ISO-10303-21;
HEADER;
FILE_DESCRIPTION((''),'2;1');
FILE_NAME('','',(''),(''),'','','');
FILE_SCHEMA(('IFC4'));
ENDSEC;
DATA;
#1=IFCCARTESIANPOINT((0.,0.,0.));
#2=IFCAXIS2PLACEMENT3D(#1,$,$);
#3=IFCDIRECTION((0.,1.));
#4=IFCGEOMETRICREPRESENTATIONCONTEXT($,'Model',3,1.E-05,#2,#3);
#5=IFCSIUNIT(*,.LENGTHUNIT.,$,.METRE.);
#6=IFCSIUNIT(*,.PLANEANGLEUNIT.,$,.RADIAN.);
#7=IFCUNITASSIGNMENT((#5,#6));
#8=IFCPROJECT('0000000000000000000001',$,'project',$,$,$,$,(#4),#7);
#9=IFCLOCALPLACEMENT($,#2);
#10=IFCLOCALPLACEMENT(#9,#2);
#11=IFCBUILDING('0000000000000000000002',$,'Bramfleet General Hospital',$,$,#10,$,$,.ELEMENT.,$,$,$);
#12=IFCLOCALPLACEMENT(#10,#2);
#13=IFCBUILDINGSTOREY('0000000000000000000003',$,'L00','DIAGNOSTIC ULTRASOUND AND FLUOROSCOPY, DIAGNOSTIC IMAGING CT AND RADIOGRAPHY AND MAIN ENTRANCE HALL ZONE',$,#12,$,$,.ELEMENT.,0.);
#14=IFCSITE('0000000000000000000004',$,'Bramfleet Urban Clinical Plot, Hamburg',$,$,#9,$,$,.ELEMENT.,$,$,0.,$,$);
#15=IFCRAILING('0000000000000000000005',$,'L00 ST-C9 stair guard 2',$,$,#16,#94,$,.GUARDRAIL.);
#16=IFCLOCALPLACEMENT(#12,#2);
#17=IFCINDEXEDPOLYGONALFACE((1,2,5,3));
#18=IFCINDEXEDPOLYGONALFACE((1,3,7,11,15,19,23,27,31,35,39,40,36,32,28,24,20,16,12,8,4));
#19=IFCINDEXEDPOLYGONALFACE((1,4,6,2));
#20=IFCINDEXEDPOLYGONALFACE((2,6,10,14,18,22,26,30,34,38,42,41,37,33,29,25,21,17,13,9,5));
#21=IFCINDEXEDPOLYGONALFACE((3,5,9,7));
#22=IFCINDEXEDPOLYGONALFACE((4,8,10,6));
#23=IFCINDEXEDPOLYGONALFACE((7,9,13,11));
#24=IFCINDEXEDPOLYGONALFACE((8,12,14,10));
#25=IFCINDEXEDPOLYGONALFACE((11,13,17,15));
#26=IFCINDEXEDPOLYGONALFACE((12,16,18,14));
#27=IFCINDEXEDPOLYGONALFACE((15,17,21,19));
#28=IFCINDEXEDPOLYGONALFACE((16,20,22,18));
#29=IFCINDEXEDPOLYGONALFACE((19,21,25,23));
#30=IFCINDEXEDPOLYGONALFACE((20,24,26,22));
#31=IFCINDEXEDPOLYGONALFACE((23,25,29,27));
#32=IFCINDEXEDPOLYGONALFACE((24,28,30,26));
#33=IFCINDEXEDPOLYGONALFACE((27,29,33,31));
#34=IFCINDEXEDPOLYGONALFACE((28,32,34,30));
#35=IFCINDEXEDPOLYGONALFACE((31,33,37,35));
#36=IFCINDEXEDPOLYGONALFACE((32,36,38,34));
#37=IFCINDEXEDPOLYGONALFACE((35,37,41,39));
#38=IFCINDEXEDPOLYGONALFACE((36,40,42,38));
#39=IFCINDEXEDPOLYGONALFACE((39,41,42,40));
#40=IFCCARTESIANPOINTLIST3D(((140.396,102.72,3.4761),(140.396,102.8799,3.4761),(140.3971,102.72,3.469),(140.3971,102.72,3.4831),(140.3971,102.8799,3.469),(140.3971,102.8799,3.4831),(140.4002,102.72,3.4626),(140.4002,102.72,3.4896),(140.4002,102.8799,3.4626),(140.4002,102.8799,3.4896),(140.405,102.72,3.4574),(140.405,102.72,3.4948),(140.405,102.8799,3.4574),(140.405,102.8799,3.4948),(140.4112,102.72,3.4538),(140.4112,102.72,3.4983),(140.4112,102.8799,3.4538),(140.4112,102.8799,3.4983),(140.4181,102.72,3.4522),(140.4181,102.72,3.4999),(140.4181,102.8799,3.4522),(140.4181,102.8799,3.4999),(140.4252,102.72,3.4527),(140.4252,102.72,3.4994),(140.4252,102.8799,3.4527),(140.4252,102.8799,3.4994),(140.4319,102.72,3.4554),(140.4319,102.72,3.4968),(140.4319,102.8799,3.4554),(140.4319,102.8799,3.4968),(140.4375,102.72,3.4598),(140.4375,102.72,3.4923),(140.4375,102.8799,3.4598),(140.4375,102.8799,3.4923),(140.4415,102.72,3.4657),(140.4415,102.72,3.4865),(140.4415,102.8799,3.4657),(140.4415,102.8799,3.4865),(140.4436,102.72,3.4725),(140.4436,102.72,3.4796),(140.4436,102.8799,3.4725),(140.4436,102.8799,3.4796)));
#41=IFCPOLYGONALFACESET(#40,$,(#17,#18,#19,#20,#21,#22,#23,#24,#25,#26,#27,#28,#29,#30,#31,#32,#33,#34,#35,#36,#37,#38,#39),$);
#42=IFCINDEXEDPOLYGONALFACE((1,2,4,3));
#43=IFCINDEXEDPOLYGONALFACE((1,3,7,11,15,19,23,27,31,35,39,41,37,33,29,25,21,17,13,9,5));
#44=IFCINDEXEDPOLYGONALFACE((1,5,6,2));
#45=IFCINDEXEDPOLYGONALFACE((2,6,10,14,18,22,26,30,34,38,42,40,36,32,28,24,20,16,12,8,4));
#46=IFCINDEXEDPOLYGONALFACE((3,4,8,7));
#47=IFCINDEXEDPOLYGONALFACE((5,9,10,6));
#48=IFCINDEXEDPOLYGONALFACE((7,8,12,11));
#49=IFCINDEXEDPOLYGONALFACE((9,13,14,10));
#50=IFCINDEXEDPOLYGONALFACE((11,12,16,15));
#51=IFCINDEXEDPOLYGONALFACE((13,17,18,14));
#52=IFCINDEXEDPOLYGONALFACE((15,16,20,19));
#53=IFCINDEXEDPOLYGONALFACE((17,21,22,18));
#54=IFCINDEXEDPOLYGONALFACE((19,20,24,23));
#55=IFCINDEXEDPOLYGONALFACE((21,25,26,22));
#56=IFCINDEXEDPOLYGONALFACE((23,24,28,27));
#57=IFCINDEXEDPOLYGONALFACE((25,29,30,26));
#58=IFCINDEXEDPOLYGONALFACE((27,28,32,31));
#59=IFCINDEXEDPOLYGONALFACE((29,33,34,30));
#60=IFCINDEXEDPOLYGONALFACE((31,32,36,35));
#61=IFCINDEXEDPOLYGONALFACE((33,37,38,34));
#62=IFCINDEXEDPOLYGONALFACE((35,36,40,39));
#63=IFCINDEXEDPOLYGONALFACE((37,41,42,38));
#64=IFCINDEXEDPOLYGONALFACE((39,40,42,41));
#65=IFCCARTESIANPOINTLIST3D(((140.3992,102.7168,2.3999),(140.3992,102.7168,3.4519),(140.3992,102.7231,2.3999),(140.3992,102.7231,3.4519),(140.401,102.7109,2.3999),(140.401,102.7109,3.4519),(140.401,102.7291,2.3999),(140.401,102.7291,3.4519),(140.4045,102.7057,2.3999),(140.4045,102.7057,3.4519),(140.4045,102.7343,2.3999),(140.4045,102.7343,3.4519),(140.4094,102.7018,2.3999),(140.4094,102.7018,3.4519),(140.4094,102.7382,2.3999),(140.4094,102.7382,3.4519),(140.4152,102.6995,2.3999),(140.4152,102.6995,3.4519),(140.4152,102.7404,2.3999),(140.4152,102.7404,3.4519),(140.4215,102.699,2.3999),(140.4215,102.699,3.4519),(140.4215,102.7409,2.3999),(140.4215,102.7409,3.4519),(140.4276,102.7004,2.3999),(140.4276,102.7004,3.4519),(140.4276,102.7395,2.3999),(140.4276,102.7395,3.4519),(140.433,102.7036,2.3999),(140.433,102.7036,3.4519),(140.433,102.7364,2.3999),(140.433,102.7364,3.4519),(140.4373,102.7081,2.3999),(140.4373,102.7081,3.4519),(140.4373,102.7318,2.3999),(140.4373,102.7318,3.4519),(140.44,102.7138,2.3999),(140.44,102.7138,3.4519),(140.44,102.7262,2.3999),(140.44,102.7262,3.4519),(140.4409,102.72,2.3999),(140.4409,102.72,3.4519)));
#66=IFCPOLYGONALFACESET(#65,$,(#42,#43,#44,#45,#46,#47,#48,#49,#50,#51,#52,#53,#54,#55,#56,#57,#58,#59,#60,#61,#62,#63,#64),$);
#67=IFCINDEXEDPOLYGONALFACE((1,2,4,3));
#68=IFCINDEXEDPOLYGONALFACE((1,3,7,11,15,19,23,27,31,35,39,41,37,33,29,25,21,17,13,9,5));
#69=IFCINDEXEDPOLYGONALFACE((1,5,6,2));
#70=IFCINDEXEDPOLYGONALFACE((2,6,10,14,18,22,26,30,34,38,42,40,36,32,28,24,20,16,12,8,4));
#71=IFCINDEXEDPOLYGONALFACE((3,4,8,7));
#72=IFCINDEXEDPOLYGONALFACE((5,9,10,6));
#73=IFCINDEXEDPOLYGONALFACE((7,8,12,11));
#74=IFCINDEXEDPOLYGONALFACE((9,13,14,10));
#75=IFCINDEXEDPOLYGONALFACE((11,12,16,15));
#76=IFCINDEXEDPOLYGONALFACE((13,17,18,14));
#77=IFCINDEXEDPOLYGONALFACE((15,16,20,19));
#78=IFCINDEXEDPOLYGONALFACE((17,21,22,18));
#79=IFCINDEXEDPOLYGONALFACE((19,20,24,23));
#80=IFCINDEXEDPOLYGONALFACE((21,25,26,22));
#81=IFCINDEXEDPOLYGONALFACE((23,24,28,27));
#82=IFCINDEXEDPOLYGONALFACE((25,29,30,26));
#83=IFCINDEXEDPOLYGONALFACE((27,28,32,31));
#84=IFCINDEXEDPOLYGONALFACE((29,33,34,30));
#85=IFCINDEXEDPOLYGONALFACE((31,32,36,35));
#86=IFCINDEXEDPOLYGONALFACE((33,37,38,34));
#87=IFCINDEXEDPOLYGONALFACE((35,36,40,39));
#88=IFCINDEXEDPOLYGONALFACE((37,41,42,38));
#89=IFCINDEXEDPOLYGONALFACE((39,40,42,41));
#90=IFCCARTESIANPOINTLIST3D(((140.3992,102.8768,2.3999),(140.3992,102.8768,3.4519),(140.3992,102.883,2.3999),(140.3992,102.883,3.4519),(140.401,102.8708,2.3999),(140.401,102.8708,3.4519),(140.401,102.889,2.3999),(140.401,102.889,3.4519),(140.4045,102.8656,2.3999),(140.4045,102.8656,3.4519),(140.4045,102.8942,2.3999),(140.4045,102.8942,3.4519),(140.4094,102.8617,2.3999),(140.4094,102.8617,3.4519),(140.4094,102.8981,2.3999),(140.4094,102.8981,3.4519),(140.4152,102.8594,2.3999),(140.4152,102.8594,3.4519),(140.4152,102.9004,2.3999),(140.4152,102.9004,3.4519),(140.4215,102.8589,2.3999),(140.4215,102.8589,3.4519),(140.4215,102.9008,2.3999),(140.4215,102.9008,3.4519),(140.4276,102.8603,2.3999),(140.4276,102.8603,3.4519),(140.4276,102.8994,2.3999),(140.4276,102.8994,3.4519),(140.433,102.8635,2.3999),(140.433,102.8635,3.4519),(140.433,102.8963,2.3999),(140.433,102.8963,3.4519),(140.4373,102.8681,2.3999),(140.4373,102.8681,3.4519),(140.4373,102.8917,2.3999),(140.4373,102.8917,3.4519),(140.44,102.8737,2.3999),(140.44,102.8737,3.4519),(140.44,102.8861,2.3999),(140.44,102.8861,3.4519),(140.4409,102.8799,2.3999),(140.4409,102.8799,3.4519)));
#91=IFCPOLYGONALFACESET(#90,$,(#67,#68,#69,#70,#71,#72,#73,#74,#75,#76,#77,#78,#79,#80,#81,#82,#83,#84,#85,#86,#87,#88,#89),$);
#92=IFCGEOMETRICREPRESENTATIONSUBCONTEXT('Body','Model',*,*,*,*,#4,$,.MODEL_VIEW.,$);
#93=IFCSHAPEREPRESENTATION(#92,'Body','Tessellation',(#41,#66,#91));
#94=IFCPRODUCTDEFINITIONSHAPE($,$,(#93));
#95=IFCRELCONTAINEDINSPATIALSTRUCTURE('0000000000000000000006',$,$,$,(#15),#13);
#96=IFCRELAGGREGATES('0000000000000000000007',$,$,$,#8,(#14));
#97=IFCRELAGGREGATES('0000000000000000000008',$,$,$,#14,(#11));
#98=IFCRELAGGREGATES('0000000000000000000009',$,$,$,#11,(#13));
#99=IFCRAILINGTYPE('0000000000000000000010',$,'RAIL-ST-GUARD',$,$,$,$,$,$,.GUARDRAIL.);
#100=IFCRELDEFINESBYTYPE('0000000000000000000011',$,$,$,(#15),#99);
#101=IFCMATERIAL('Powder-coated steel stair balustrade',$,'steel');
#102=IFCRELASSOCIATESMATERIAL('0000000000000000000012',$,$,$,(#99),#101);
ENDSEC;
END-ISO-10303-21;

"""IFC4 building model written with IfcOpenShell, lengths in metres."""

from ifc_helpers import new_model, si_unit, direction, frame, origin, origin_2d, place, context, subcontext, project, spatial, circle, extrude, material, type_object, element, save


model = new_model("IFC4")

# Units and contexts
model_context = context("Model", 3, precision=1e-05, world=origin(), true_north=direction((0.0, 1.0)))
body_context = subcontext(model_context, "Body", "Model", "MODEL_VIEW")
ifc_project = project(units=[si_unit("LENGTHUNIT", "METRE"), si_unit("PLANEANGLEUNIT", "RADIAN")], contexts=[model_context])

# Site, building, storey
site_placement = place(None, origin())
site = spatial("IfcSite", under=ifc_project, at=site_placement, Name="Bramfleet Urban Clinical Plot, Hamburg", CompositionType="ELEMENT", RefElevation=0.0)
building_placement = place(site_placement, origin())
building = spatial("IfcBuilding", under=site, at=building_placement, Name="Bramfleet General Hospital", CompositionType="ELEMENT")
storey_placement = place(building_placement, origin())
storey = spatial("IfcBuildingStorey", under=building, at=storey_placement, Name="L00", Description="DIAGNOSTIC ULTRASOUND AND FLUOROSCOPY, DIAGNOSTIC IMAGING CT AND RADIOGRAPHY AND MAIN ENTRANCE HALL ZONE", CompositionType="ELEMENT", Elevation=0.0)

# Railing
ifc_material_1 = material(Name="Powder-coated steel stair balustrade", Category="steel")
railing_type_1 = type_object("IfcRailingType", Name="RAIL-ST-GUARD", PredefinedType="GUARDRAIL", material=ifc_material_1)
railing_1_placement = place(storey_placement, frame((140.4199, 102.72, 2.3999)))
element("IfcRailing", 1, at=railing_1_placement, inside=storey, type_object=railing_type_1, Name="L00 ST-C9 stair guard 2", PredefinedType="GUARDRAIL", context=body_context, shape_type="SweptSolid", body=[
    extrude(circle(Radius=0.0239, at=origin_2d()), frame((0.0, 0.0, 1.0762), z_axis=(0.0, 1.0, 0.0), x_axis=(-1.0, 0.0, 0.0)), (0.0, 0.0, 1.0), 0.1599),
    extrude(circle(Radius=0.021, at=origin_2d()), origin(), (0.0, 0.0, 1.0), 1.052),
    extrude(circle(Radius=0.021, at=origin_2d()), frame((0.0, 0.1599, 0.0)), (0.0, 0.0, 1.0), 1.052),
])

save(model, "model.ifc")
